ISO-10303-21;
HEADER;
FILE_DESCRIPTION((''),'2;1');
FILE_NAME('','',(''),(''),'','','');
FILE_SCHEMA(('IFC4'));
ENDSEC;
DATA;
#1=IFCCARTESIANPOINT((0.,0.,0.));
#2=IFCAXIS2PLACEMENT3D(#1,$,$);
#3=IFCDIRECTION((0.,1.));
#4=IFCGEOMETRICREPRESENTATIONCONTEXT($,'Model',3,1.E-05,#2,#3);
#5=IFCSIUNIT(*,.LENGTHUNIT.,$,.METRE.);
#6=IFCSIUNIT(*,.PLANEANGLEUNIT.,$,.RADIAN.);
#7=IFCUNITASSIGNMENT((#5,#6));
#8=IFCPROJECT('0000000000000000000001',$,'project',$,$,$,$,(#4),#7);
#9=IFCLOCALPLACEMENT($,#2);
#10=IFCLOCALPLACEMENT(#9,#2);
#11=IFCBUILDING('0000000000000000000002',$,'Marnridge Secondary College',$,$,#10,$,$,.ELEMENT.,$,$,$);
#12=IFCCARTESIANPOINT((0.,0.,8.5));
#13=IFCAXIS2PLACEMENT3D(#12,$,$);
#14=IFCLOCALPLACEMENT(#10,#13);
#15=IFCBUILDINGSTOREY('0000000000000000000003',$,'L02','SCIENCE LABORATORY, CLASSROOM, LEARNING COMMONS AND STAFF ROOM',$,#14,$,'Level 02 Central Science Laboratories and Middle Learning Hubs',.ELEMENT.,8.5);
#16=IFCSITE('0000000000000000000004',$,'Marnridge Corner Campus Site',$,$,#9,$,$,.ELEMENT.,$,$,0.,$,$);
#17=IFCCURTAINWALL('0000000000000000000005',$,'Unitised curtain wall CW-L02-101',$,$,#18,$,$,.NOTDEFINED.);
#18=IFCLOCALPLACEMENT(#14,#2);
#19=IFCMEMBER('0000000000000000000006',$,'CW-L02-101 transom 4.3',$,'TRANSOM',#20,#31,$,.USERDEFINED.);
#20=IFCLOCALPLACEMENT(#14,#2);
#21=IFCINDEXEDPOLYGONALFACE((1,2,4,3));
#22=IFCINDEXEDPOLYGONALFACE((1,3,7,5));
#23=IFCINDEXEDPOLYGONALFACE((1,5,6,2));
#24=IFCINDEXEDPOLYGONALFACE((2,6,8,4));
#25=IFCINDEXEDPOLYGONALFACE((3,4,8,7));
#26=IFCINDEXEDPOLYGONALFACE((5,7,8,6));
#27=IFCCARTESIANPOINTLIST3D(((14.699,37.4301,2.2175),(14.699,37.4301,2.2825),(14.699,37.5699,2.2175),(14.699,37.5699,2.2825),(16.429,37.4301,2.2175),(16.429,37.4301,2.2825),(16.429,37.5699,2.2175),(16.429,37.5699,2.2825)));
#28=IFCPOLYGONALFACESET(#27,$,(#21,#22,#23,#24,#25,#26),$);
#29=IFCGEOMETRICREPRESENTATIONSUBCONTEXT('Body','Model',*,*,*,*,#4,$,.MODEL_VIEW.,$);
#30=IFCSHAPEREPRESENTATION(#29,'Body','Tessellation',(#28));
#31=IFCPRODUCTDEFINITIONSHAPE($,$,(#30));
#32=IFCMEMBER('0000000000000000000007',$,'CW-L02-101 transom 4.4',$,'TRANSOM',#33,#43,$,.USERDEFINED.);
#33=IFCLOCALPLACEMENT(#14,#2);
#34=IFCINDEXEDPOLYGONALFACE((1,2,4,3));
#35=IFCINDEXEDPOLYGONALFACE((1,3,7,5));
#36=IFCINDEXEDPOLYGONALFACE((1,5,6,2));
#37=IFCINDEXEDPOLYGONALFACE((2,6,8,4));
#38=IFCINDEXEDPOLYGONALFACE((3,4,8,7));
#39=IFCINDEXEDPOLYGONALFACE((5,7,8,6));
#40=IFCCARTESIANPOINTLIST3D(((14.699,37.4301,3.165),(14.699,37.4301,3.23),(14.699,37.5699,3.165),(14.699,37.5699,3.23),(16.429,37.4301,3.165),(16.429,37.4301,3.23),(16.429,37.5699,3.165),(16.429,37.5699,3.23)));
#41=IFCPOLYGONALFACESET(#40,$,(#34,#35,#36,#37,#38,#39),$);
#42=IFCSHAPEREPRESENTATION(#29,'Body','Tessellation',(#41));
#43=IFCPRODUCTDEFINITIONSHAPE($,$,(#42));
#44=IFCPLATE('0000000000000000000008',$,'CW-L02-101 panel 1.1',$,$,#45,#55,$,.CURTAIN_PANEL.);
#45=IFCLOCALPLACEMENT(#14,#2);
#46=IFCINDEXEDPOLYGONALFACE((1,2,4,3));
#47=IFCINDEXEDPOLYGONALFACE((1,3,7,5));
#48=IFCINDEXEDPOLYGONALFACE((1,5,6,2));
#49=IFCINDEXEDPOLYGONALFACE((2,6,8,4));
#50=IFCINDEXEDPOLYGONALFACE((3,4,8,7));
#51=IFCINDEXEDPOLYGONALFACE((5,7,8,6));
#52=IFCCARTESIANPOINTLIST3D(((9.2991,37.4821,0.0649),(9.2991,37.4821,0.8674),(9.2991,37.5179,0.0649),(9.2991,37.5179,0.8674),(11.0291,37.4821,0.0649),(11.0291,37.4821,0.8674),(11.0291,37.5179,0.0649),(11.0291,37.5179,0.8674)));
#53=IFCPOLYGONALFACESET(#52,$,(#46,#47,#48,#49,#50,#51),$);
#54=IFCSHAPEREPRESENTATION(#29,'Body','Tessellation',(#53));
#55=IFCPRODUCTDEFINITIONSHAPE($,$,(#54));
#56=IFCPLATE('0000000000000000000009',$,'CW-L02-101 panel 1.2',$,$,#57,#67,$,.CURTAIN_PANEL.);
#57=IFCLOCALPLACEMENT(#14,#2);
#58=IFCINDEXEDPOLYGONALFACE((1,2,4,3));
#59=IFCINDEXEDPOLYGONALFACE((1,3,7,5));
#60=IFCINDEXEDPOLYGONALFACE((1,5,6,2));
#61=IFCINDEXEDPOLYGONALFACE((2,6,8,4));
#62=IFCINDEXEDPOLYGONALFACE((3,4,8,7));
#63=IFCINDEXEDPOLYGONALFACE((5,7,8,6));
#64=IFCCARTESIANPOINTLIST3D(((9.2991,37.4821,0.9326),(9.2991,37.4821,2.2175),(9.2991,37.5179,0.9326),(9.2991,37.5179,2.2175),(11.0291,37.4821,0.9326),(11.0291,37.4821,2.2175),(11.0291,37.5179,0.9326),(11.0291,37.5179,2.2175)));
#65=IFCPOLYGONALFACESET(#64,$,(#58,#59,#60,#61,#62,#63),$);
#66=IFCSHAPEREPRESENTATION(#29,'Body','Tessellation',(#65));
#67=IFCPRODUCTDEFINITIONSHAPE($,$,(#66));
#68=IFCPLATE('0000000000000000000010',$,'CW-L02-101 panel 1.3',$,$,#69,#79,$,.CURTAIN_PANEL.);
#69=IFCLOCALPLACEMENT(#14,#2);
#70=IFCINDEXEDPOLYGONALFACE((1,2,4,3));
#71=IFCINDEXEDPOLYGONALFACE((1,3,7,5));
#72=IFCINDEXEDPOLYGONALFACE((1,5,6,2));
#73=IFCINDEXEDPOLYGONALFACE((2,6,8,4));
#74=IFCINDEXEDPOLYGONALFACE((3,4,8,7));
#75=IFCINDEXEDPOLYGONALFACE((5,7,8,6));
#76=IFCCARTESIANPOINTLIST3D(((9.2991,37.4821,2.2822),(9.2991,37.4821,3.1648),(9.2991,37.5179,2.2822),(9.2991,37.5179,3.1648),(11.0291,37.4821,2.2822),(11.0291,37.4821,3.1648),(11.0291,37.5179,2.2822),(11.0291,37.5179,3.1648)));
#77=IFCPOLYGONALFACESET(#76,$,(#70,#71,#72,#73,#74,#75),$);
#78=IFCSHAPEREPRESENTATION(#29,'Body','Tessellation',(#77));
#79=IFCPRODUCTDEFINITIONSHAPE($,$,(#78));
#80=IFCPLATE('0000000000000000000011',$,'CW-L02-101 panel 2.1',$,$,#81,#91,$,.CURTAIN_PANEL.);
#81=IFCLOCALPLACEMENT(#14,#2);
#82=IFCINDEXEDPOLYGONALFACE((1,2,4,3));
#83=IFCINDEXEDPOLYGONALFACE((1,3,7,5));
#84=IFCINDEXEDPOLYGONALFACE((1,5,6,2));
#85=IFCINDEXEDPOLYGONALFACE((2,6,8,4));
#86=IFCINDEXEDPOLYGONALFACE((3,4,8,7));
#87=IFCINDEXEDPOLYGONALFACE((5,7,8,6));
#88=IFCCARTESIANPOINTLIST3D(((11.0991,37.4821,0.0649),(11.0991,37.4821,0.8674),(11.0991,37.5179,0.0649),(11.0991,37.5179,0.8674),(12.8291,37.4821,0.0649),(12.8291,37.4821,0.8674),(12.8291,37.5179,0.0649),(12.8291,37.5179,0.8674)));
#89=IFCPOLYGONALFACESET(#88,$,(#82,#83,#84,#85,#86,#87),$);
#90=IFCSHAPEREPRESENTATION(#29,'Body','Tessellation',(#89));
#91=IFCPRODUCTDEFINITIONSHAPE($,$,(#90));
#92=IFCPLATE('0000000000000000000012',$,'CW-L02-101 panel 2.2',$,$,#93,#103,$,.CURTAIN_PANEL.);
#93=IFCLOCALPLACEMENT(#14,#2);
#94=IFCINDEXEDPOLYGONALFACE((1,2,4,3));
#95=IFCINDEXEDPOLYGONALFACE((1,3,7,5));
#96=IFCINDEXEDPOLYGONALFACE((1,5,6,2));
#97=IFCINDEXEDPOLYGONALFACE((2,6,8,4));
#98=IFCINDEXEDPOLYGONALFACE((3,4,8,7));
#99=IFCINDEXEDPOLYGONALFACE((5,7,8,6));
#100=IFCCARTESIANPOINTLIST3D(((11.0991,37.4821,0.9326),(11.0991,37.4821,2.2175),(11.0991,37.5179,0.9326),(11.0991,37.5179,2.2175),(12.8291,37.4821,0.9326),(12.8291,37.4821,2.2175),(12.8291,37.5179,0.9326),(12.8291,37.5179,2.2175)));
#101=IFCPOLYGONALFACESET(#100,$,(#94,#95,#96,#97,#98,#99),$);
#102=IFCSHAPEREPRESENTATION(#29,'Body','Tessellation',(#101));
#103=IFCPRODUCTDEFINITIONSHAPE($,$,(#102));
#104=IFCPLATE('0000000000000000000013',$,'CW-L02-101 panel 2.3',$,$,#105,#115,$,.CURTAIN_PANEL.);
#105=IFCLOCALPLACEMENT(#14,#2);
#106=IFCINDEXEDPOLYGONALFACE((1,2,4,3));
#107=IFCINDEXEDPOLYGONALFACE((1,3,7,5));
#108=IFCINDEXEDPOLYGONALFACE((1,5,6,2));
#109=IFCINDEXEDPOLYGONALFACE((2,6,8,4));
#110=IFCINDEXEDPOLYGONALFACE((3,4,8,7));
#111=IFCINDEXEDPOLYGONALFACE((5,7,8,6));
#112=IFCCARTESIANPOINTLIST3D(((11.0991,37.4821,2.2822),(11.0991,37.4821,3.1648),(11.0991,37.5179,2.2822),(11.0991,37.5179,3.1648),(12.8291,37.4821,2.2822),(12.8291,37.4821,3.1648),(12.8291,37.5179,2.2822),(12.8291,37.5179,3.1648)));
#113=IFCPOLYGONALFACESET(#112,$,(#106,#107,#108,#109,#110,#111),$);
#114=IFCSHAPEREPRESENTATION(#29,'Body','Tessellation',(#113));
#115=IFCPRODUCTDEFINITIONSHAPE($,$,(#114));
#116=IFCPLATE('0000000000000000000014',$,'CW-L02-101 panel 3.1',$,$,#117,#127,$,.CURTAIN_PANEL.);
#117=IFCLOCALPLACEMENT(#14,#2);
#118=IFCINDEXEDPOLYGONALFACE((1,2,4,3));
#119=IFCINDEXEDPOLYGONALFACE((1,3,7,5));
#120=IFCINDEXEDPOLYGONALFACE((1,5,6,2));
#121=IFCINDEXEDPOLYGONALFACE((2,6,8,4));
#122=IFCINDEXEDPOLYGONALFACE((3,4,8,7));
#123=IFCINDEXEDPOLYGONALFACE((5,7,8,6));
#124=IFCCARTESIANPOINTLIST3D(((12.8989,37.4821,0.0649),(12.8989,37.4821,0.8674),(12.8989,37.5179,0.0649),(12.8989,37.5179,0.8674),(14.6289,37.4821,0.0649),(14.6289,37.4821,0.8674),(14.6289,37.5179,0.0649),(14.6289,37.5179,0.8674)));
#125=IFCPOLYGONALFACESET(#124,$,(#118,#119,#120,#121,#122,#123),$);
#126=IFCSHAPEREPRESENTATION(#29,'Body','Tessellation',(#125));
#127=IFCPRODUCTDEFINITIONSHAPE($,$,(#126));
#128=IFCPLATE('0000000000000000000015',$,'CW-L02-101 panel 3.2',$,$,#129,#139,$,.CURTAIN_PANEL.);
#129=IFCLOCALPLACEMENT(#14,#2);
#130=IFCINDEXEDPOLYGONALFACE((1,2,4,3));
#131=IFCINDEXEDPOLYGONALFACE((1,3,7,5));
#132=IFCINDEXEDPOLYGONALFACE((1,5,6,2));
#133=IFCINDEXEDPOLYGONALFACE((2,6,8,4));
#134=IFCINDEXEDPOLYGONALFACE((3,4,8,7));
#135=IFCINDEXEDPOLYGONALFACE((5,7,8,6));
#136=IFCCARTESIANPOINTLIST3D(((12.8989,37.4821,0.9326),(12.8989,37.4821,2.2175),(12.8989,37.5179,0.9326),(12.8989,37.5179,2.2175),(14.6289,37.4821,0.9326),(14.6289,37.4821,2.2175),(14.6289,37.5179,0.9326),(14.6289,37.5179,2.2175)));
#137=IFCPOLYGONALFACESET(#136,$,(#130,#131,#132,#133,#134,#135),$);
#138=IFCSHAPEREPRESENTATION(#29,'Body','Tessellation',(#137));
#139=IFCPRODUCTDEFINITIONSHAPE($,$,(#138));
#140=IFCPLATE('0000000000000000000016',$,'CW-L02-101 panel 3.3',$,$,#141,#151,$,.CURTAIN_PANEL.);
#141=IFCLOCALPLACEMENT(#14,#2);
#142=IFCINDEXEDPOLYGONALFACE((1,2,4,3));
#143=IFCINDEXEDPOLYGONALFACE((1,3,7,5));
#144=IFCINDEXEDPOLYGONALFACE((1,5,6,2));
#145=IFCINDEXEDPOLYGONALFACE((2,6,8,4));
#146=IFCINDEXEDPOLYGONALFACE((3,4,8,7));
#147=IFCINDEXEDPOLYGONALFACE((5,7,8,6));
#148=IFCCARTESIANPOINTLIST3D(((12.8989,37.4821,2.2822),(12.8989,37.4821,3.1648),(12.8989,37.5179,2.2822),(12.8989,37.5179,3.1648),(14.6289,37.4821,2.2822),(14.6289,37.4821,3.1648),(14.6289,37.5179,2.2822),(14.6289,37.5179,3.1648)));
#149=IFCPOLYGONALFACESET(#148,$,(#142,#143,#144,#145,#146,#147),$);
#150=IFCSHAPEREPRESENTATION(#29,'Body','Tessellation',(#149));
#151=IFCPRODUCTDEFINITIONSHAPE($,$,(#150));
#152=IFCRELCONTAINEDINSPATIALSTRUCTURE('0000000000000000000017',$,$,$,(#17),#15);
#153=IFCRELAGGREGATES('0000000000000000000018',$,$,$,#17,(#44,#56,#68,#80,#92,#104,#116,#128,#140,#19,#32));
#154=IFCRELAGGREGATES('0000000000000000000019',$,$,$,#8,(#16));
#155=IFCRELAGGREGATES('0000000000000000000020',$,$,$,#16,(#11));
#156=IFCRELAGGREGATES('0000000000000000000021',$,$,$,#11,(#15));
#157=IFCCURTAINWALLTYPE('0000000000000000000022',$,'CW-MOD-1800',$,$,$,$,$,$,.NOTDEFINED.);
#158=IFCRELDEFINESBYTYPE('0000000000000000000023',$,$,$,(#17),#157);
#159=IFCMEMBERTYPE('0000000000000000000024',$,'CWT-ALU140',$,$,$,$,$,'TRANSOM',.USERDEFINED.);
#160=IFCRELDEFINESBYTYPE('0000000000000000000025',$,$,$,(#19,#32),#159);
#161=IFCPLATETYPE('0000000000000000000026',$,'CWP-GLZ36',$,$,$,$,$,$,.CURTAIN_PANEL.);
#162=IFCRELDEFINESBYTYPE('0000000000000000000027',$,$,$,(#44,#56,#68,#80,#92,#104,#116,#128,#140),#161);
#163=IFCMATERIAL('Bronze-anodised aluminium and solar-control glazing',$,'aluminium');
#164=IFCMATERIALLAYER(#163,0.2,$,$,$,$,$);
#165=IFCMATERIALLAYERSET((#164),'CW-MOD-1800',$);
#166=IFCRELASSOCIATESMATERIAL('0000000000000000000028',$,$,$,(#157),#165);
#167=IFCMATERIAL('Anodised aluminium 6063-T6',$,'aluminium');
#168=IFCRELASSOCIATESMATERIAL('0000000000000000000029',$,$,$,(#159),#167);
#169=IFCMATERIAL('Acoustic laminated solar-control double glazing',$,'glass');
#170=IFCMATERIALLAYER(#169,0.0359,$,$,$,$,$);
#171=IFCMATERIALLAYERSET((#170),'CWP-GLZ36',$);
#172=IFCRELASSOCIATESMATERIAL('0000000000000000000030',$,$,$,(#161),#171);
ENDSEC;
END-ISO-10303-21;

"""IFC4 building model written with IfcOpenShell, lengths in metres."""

from ifc_helpers import new_model, si_unit, direction, frame, origin, origin_2d, place, context, subcontext, project, spatial, rectangle, extrude, material, layer, layer_set, material_profile, profile_set, type_object, element, aggregate, save


model = new_model("IFC4")

# Units and contexts
model_context = context("Model", 3, precision=1e-05, world=origin(), true_north=direction((0.0, 1.0)))
body_context = subcontext(model_context, "Body", "Model", "MODEL_VIEW")
ifc_project = project(units=[si_unit("LENGTHUNIT", "METRE"), si_unit("PLANEANGLEUNIT", "RADIAN")], contexts=[model_context])

# Site, building, storey
site_placement = place(None, origin())
site = spatial("IfcSite", under=ifc_project, at=site_placement, Name="Marnridge Corner Campus Site", CompositionType="ELEMENT", RefElevation=0.0)
building_placement = place(site_placement, origin())
building = spatial("IfcBuilding", under=site, at=building_placement, Name="Marnridge Secondary College", CompositionType="ELEMENT")
storey_placement = place(building_placement, frame((0.0, 0.0, 8.5)))
storey = spatial("IfcBuildingStorey", under=building, at=storey_placement, Name="L02", Description="SCIENCE LABORATORY, CLASSROOM, LEARNING COMMONS AND STAFF ROOM", LongName="Level 02 Central Science Laboratories and Middle Learning Hubs", CompositionType="ELEMENT", Elevation=8.5)

# Curtain wall, members, plates
ifc_material_1 = material(Name="Bronze-anodised aluminium and solar-control glazing", Category="aluminium")
ifc_layer_1 = layer(ifc_material_1, 0.2)
ifc_layer_set_1 = layer_set([ifc_layer_1], Name="CW-MOD-1800")
curtain_wall_type = type_object("IfcCurtainWallType", Name="CW-MOD-1800", PredefinedType="NOTDEFINED", material=ifc_layer_set_1)
curtain_wall_placement = place(storey_placement, origin())
curtain_wall = element("IfcCurtainWall", 1, at=curtain_wall_placement, inside=storey, type_object=curtain_wall_type, Name="Unitised curtain wall CW-L02-101", PredefinedType="NOTDEFINED")
ifc_material_2 = material(Name="Anodised aluminium 6063-T6", Category="aluminium")
ifc_material_profile_1 = material_profile(ifc_material_2, rectangle(XDim=0.0649, YDim=0.1399, at=origin_2d()), Name="ALU 65x140")
ifc_profile_set_1 = profile_set([ifc_material_profile_1], Name="Anodised aluminium 6063-T6")
member_type_1 = type_object("IfcMemberType", Name="CWT-ALU140", ElementType="TRANSOM", PredefinedType="USERDEFINED", material=ifc_profile_set_1)
member_1_placement = place(storey_placement, frame((14.699, 37.5, 2.25), z_axis=(1.0, 0.0, 0.0), x_axis=(0.0, 0.0, 1.0)))
member_1 = element("IfcMember", 2, at=member_1_placement, type_object=member_type_1, Name="CW-L02-101 transom 4.3", ObjectType="TRANSOM", PredefinedType="USERDEFINED", context=body_context, shape_type="SweptSolid", body=[
    extrude(rectangle(XDim=0.0649, YDim=0.1399, at=origin_2d()), origin(), (0.0, 0.0, 1.0), 1.73),
])
member_2_placement = place(storey_placement, frame((14.699, 37.5, 3.1975), z_axis=(1.0, 0.0, 0.0), x_axis=(0.0, 0.0, 1.0)))
member_2 = element("IfcMember", 3, at=member_2_placement, type_object=member_type_1, Name="CW-L02-101 transom 4.4", ObjectType="TRANSOM", PredefinedType="USERDEFINED", context=body_context, shape_type="SweptSolid", body=[
    extrude(rectangle(XDim=0.0649, YDim=0.1399, at=origin_2d()), origin(), (0.0, 0.0, 1.0), 1.73),
])
ifc_material_3 = material(Name="Acoustic laminated solar-control double glazing", Category="glass")
ifc_layer_2 = layer(ifc_material_3, 0.0359)
ifc_layer_set_2 = layer_set([ifc_layer_2], Name="CWP-GLZ36")
plate_type = type_object("IfcPlateType", Name="CWP-GLZ36", PredefinedType="CURTAIN_PANEL", material=ifc_layer_set_2)
plate_1_placement = place(storey_placement, frame((10.1641, 37.5, 0.0649), z_axis=(0.0, 0.0, 1.0), x_axis=(1.0, 0.0, 0.0)))
plate_1 = element("IfcPlate", 4, at=plate_1_placement, type_object=plate_type, Name="CW-L02-101 panel 1.1", PredefinedType="CURTAIN_PANEL", context=body_context, shape_type="SweptSolid", body=[
    extrude(rectangle(XDim=1.73, YDim=0.0359, at=origin_2d()), origin(), (0.0, 0.0, 1.0), 0.8025),
])
plate_2_placement = place(storey_placement, frame((10.1641, 37.5, 0.9326), z_axis=(0.0, 0.0, 1.0), x_axis=(1.0, 0.0, 0.0)))
plate_2 = element("IfcPlate", 5, at=plate_2_placement, type_object=plate_type, Name="CW-L02-101 panel 1.2", PredefinedType="CURTAIN_PANEL", context=body_context, shape_type="SweptSolid", body=[
    extrude(rectangle(XDim=1.73, YDim=0.0359, at=origin_2d()), origin(), (0.0, 0.0, 1.0), 1.2849),
])
plate_3_placement = place(storey_placement, frame((10.1641, 37.5, 2.2822), z_axis=(0.0, 0.0, 1.0), x_axis=(1.0, 0.0, 0.0)))
plate_3 = element("IfcPlate", 6, at=plate_3_placement, type_object=plate_type, Name="CW-L02-101 panel 1.3", PredefinedType="CURTAIN_PANEL", context=body_context, shape_type="SweptSolid", body=[
    extrude(rectangle(XDim=1.73, YDim=0.0359, at=origin_2d()), origin(), (0.0, 0.0, 1.0), 0.8826),
])
plate_4_placement = place(storey_placement, frame((11.9641, 37.5, 0.0649), z_axis=(0.0, 0.0, 1.0), x_axis=(1.0, 0.0, 0.0)))
plate_4 = element("IfcPlate", 7, at=plate_4_placement, type_object=plate_type, Name="CW-L02-101 panel 2.1", PredefinedType="CURTAIN_PANEL", context=body_context, shape_type="SweptSolid", body=[
    extrude(rectangle(XDim=1.73, YDim=0.0359, at=origin_2d()), origin(), (0.0, 0.0, 1.0), 0.8025),
])
plate_5_placement = place(storey_placement, frame((11.9641, 37.5, 0.9326), z_axis=(0.0, 0.0, 1.0), x_axis=(1.0, 0.0, 0.0)))
plate_5 = element("IfcPlate", 8, at=plate_5_placement, type_object=plate_type, Name="CW-L02-101 panel 2.2", PredefinedType="CURTAIN_PANEL", context=body_context, shape_type="SweptSolid", body=[
    extrude(rectangle(XDim=1.73, YDim=0.0359, at=origin_2d()), origin(), (0.0, 0.0, 1.0), 1.2849),
])
plate_6_placement = place(storey_placement, frame((11.9641, 37.5, 2.2822), z_axis=(0.0, 0.0, 1.0), x_axis=(1.0, 0.0, 0.0)))
plate_6 = element("IfcPlate", 9, at=plate_6_placement, type_object=plate_type, Name="CW-L02-101 panel 2.3", PredefinedType="CURTAIN_PANEL", context=body_context, shape_type="SweptSolid", body=[
    extrude(rectangle(XDim=1.73, YDim=0.0359, at=origin_2d()), origin(), (0.0, 0.0, 1.0), 0.8826),
])
plate_7_placement = place(storey_placement, frame((13.7639, 37.5, 0.0649), z_axis=(0.0, 0.0, 1.0), x_axis=(1.0, 0.0, 0.0)))
plate_7 = element("IfcPlate", 10, at=plate_7_placement, type_object=plate_type, Name="CW-L02-101 panel 3.1", PredefinedType="CURTAIN_PANEL", context=body_context, shape_type="SweptSolid", body=[
    extrude(rectangle(XDim=1.73, YDim=0.0359, at=origin_2d()), origin(), (0.0, 0.0, 1.0), 0.8025),
])
plate_8_placement = place(storey_placement, frame((13.7639, 37.5, 0.9326), z_axis=(0.0, 0.0, 1.0), x_axis=(1.0, 0.0, 0.0)))
plate_8 = element("IfcPlate", 11, at=plate_8_placement, type_object=plate_type, Name="CW-L02-101 panel 3.2", PredefinedType="CURTAIN_PANEL", context=body_context, shape_type="SweptSolid", body=[
    extrude(rectangle(XDim=1.73, YDim=0.0359, at=origin_2d()), origin(), (0.0, 0.0, 1.0), 1.2849),
])
plate_9_placement = place(storey_placement, frame((13.7639, 37.5, 2.2822), z_axis=(0.0, 0.0, 1.0), x_axis=(1.0, 0.0, 0.0)))
plate_9 = element("IfcPlate", 12, at=plate_9_placement, type_object=plate_type, Name="CW-L02-101 panel 3.3", PredefinedType="CURTAIN_PANEL", context=body_context, shape_type="SweptSolid", body=[
    extrude(rectangle(XDim=1.73, YDim=0.0359, at=origin_2d()), origin(), (0.0, 0.0, 1.0), 0.8826),
])
aggregate(curtain_wall, [plate_1, plate_2, plate_3, plate_4, plate_5, plate_6, plate_7, plate_8, plate_9, member_1, member_2])

save(model, "model.ifc")
